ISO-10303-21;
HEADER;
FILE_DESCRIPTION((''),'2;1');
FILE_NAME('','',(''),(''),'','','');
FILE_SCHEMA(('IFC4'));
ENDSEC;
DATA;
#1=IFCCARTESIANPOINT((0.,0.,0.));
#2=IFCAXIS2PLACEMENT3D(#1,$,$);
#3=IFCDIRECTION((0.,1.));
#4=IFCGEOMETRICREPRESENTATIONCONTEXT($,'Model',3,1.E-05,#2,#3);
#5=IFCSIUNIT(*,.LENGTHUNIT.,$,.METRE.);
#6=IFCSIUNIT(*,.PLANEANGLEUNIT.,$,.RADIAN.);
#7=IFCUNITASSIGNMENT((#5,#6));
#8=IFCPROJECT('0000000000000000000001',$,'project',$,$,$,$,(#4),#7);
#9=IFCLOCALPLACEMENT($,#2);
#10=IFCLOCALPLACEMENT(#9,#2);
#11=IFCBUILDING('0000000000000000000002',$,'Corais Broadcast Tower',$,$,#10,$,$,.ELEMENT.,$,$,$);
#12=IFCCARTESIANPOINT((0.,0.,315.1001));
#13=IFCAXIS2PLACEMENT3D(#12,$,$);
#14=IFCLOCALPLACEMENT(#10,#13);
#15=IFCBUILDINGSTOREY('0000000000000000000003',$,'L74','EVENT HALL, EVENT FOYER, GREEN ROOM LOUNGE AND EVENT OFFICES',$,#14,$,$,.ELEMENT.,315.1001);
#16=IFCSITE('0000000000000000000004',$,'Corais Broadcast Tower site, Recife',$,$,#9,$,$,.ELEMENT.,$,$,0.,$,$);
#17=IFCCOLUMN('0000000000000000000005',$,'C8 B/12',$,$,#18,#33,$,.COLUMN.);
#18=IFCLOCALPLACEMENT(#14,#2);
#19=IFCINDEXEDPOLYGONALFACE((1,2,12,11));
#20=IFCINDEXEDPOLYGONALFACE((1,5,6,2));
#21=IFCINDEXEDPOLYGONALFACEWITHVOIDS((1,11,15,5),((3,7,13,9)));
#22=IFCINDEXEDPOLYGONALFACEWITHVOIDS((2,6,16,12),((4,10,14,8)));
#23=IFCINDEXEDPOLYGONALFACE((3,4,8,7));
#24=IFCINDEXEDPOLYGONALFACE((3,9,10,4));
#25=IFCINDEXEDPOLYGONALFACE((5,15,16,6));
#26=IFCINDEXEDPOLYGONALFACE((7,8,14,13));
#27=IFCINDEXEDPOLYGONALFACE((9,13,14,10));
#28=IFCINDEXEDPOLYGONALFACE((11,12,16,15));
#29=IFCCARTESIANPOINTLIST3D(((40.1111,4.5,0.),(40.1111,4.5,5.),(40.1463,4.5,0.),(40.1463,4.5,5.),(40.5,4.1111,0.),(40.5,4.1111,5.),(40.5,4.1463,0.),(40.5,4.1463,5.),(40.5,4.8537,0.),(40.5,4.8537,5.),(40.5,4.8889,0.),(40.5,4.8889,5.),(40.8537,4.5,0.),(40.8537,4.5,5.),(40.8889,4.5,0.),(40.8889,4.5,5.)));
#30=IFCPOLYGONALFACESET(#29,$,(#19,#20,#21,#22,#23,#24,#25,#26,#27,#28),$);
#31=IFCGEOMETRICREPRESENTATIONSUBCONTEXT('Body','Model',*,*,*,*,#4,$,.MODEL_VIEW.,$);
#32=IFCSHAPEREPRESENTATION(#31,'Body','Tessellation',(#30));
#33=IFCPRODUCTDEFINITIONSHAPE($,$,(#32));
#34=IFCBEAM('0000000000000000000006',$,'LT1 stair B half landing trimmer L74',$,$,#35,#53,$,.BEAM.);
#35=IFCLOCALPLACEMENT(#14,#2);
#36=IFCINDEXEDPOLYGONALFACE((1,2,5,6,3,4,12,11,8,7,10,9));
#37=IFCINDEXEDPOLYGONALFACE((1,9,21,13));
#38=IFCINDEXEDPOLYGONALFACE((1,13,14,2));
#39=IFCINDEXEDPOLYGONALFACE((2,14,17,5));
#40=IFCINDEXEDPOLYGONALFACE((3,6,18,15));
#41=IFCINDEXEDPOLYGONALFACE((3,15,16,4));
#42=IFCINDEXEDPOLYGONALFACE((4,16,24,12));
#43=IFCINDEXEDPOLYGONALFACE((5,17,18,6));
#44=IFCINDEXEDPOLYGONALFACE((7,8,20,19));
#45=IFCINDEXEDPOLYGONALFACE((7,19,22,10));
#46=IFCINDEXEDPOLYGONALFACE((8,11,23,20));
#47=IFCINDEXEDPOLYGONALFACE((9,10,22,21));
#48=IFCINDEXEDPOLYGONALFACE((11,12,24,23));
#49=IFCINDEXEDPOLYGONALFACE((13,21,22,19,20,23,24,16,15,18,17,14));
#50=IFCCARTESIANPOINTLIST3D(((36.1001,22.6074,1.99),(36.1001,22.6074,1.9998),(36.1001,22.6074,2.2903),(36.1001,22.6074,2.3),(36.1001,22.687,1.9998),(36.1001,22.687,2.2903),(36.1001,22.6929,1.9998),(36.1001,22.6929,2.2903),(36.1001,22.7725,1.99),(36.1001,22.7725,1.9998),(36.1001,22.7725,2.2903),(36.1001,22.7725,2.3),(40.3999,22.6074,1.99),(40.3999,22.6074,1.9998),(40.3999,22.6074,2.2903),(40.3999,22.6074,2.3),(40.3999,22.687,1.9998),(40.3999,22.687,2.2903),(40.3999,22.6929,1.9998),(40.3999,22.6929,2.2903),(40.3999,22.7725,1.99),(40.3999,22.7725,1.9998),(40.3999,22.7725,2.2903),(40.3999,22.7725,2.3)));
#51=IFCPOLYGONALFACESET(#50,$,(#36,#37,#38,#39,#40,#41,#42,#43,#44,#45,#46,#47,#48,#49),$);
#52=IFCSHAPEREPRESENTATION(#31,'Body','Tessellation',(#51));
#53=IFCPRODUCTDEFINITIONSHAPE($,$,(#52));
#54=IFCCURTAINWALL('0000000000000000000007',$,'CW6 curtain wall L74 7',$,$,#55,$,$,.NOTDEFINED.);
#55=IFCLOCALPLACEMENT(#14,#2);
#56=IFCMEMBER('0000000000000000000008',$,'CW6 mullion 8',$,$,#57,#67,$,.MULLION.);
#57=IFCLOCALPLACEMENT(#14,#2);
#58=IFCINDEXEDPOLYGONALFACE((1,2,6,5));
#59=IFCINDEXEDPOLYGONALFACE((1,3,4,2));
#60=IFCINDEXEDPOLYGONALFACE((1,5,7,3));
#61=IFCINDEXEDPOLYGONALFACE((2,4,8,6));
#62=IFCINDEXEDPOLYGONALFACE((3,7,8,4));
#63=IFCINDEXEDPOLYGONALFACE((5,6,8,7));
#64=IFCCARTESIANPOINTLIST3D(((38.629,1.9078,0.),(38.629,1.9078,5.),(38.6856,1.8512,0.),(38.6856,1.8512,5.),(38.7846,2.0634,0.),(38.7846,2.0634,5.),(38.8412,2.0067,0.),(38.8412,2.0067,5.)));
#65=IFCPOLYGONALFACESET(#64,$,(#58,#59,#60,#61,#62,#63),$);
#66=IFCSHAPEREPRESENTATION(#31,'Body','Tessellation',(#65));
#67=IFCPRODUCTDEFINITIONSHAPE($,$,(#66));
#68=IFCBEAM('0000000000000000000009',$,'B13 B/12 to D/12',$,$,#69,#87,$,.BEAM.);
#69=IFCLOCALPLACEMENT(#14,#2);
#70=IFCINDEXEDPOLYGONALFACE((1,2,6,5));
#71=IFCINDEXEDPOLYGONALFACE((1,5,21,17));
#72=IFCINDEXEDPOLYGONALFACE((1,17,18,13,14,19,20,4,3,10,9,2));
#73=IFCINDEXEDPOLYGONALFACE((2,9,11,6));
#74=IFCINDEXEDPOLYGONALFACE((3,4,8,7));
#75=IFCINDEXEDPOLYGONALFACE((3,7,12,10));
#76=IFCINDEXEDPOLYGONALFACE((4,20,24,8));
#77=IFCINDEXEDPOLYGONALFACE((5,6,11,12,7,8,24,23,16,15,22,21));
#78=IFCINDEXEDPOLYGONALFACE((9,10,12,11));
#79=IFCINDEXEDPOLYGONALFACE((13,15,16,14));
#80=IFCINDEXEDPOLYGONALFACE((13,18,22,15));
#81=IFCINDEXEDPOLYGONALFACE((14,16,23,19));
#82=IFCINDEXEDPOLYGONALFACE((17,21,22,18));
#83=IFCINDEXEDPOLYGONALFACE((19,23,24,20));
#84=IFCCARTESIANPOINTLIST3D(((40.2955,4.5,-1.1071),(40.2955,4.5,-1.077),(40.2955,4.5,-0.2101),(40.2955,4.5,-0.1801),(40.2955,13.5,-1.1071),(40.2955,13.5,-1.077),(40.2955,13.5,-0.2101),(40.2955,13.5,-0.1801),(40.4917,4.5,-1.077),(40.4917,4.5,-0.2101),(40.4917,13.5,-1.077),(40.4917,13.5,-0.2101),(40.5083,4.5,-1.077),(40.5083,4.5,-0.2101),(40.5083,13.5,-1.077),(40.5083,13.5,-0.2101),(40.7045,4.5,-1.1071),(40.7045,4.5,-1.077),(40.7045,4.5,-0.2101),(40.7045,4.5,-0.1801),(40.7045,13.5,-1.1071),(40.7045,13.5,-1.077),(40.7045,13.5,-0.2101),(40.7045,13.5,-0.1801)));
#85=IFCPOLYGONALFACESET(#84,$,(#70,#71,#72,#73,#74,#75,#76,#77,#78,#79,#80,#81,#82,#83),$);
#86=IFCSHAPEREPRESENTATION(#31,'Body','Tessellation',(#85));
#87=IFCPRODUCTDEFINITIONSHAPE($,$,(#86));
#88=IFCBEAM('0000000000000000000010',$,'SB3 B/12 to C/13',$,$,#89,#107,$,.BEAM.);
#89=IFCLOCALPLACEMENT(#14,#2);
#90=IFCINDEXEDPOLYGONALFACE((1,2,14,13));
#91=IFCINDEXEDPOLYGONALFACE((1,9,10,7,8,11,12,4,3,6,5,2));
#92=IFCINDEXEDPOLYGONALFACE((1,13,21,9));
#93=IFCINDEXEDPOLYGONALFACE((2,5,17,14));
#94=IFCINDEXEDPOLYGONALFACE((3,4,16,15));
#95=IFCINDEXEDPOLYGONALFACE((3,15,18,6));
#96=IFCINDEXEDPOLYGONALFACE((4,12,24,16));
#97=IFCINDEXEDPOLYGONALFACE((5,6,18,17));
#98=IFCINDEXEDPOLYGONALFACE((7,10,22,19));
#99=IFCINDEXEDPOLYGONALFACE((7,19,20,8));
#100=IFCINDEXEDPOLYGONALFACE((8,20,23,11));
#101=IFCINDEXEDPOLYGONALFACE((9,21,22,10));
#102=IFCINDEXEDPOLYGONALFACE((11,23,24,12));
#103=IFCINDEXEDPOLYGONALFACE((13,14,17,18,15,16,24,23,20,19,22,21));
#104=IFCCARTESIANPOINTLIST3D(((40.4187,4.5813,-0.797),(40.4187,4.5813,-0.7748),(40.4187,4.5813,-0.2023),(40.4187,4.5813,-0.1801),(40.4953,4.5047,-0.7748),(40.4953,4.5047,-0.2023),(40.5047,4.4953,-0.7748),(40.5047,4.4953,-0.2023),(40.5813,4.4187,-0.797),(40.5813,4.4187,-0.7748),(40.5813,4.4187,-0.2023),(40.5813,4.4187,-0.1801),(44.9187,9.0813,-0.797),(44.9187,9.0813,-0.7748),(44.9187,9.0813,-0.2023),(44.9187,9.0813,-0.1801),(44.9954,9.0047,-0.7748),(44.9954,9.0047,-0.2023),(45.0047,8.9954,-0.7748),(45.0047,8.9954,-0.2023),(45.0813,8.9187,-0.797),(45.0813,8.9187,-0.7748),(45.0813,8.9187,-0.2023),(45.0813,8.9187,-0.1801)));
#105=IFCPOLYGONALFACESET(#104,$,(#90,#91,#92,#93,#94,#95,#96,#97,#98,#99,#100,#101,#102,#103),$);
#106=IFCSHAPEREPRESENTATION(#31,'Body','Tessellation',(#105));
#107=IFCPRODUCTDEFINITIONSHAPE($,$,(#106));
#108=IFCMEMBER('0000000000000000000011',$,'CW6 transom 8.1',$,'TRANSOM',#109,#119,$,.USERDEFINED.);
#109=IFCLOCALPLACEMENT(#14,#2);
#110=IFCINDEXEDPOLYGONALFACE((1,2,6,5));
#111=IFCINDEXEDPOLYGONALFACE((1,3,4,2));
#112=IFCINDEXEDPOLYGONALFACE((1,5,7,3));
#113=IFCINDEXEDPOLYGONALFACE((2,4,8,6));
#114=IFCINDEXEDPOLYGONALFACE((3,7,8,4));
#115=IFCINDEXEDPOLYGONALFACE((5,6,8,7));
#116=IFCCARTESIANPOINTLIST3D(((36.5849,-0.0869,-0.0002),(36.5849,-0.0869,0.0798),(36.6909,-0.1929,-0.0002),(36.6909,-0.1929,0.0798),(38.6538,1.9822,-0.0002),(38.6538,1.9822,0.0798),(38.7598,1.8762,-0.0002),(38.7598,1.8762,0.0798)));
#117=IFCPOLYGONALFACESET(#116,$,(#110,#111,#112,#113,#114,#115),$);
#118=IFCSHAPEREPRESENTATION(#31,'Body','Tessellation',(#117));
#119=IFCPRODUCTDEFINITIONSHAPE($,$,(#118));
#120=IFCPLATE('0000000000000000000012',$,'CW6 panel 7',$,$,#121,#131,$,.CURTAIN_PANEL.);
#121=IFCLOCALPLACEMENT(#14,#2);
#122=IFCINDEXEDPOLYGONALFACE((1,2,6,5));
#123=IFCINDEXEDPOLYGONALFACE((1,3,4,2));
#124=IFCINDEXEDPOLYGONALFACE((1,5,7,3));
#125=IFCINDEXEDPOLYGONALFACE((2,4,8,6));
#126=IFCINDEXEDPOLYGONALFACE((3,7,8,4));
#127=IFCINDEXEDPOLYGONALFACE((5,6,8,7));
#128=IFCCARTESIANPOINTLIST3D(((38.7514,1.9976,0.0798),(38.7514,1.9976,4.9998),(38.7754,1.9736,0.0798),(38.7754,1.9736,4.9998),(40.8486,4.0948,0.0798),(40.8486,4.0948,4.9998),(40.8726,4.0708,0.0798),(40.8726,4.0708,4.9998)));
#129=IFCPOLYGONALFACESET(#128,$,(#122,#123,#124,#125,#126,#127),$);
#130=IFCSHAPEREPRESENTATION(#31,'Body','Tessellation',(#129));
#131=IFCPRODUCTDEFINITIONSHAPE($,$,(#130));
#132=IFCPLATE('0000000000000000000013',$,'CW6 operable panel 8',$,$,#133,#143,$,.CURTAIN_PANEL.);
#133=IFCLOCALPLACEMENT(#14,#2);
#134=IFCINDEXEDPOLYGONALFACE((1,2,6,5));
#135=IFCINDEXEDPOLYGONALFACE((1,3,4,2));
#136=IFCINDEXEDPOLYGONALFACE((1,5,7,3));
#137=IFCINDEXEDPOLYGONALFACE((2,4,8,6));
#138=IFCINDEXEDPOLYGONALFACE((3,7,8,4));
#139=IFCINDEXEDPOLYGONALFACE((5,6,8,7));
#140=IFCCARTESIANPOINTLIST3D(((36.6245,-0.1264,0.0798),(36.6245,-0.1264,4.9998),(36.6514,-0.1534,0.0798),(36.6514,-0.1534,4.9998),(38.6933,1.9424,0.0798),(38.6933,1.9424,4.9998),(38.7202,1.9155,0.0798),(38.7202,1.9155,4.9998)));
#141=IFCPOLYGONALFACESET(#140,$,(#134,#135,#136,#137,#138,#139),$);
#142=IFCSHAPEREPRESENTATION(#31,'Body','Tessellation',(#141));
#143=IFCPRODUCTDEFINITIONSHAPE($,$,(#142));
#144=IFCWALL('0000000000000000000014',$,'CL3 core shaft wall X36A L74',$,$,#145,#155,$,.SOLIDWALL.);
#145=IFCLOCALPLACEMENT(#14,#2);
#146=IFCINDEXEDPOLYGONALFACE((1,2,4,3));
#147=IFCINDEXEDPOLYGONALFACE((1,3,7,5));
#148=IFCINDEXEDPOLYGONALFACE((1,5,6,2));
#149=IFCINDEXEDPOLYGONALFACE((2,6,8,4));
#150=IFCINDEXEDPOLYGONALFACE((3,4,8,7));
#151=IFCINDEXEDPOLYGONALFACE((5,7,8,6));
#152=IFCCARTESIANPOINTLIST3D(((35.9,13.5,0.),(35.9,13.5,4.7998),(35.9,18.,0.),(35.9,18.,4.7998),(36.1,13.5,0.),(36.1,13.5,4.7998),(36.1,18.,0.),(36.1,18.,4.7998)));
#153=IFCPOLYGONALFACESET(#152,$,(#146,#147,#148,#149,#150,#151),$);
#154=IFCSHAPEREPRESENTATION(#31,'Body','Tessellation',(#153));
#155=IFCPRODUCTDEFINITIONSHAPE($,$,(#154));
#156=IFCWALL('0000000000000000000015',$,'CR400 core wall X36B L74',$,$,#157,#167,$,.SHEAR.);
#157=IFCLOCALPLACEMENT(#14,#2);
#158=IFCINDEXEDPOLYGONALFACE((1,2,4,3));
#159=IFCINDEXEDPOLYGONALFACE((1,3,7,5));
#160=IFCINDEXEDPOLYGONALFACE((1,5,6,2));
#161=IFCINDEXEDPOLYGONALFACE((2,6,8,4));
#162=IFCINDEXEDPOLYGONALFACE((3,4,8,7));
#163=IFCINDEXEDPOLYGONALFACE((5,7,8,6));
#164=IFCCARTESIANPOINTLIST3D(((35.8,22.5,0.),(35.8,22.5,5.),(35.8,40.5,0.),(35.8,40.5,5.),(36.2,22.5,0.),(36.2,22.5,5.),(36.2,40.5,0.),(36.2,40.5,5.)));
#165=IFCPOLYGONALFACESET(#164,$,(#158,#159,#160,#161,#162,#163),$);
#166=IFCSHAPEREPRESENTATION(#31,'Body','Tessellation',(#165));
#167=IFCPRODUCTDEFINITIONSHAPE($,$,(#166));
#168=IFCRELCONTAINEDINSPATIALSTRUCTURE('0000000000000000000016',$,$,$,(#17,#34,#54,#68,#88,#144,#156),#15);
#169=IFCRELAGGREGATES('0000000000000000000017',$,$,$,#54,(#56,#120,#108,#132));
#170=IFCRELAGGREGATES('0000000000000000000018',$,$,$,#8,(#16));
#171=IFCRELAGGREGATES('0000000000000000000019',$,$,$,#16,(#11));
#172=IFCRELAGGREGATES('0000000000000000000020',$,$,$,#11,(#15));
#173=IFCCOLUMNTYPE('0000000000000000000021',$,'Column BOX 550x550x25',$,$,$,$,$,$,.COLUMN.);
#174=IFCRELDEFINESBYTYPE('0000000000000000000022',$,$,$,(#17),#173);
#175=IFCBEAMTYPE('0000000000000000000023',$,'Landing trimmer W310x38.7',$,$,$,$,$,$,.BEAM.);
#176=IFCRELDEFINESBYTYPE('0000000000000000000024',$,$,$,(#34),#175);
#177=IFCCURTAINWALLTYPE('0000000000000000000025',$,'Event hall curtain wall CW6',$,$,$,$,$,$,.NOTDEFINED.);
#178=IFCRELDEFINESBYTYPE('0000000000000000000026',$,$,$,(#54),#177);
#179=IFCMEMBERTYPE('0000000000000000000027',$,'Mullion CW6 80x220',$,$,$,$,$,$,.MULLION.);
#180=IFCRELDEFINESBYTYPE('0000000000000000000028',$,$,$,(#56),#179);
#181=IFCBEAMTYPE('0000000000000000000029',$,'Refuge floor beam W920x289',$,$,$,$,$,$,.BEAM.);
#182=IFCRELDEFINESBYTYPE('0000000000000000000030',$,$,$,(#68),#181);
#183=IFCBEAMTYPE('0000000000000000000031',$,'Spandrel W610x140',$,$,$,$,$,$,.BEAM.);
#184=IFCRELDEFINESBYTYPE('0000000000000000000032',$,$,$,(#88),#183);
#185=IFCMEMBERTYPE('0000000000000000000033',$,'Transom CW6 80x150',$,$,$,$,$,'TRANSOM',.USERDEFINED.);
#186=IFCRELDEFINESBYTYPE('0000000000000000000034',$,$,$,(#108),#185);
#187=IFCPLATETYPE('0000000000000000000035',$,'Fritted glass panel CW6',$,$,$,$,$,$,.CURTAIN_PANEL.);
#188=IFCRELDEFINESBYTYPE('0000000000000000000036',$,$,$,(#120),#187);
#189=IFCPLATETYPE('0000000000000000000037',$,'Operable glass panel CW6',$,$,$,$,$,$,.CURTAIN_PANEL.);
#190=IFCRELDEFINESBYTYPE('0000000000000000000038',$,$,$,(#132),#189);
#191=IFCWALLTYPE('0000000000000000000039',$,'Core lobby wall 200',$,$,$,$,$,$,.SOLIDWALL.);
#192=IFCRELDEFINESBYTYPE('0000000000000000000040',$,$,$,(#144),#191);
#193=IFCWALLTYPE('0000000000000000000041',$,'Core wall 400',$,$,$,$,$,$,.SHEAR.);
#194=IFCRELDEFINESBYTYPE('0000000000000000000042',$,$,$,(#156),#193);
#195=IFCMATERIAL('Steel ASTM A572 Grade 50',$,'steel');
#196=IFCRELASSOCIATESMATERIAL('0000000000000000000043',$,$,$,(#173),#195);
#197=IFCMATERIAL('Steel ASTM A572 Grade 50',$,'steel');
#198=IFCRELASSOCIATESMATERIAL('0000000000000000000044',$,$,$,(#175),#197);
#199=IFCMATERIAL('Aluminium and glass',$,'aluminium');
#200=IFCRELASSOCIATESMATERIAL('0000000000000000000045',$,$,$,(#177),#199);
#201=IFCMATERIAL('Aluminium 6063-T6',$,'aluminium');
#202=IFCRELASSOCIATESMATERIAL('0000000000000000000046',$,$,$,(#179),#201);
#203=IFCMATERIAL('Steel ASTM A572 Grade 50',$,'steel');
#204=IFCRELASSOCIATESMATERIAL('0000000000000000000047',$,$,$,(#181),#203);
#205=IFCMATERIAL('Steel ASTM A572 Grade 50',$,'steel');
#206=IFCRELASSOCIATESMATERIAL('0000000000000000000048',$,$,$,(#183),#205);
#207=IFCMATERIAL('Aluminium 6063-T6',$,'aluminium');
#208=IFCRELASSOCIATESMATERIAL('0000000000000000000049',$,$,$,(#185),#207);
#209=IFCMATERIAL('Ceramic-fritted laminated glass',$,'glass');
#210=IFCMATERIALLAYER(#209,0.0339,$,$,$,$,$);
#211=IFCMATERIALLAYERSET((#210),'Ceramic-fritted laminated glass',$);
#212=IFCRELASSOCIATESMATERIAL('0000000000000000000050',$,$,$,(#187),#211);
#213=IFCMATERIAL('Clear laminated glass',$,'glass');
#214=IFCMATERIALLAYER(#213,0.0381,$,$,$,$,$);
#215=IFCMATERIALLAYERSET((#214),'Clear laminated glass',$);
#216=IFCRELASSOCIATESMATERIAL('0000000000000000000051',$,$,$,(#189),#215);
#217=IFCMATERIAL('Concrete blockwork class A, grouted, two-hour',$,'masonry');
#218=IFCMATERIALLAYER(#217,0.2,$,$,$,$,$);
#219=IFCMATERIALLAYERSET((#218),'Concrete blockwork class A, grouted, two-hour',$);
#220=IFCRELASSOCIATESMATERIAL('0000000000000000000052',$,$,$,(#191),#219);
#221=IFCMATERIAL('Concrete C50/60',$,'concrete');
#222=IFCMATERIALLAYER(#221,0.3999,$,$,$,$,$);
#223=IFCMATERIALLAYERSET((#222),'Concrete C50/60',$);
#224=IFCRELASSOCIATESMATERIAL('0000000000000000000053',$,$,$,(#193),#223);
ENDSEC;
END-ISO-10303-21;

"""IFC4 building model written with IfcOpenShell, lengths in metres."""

from ifc_helpers import new_model, si_unit, direction, frame, frame_2d, origin, origin_2d, place, context, subcontext, project, spatial, rectangle, hollow_rectangle, i_section, extrude, material, layer, layer_set, material_profile, profile_set, type_object, element, aggregate, save


model = new_model("IFC4")

# Units and contexts
model_context = context("Model", 3, precision=1e-05, world=origin(), true_north=direction((0.0, 1.0)))
body_context = subcontext(model_context, "Body", "Model", "MODEL_VIEW")
ifc_project = project(units=[si_unit("LENGTHUNIT", "METRE"), si_unit("PLANEANGLEUNIT", "RADIAN")], contexts=[model_context])

# Site, building, storey
site_placement = place(None, origin())
site = spatial("IfcSite", under=ifc_project, at=site_placement, Name="Corais Broadcast Tower site, Recife", CompositionType="ELEMENT", RefElevation=0.0)
building_placement = place(site_placement, origin())
building = spatial("IfcBuilding", under=site, at=building_placement, Name="Corais Broadcast Tower", CompositionType="ELEMENT")
storey_placement = place(building_placement, frame((0.0, 0.0, 315.1001)))
storey = spatial("IfcBuildingStorey", under=building, at=storey_placement, Name="L74", Description="EVENT HALL, EVENT FOYER, GREEN ROOM LOUNGE AND EVENT OFFICES", CompositionType="ELEMENT", Elevation=315.1001)

# Column
ifc_material_1 = material(Name="Steel ASTM A572 Grade 50", Category="steel")
ifc_material_profile_1 = material_profile(ifc_material_1, hollow_rectangle(XDim=0.55, YDim=0.55, WallThickness=0.0249, at=origin_2d()), Name="BOX 550x550x25")
ifc_profile_set_1 = profile_set([ifc_material_profile_1], Name="Steel ASTM A572 Grade 50")
column_type = type_object("IfcColumnType", Name="Column BOX 550x550x25", PredefinedType="COLUMN", material=ifc_profile_set_1)
column_placement = place(storey_placement, frame((40.5, 4.5, 0.0), z_axis=(0.0, 0.0, 1.0), x_axis=(0.707107, 0.707107, 0.0)))
element("IfcColumn", 1, at=column_placement, inside=storey, type_object=column_type, Name="C8 B/12", PredefinedType="COLUMN", context=body_context, shape_type="SweptSolid", body=[
    extrude(hollow_rectangle(XDim=0.55, YDim=0.55, WallThickness=0.0249, at=origin_2d()), origin(), (0.0, 0.0, 1.0), 5.0),
])

# Beam
ifc_material_2 = material(Name="Steel ASTM A572 Grade 50", Category="steel")
ifc_material_profile_2 = material_profile(ifc_material_2, i_section(OverallWidth=0.165, OverallDepth=0.3101, WebThickness=0.0059, FlangeThickness=0.0098, at=origin_2d()), Name="W310x38.7")
ifc_profile_set_2 = profile_set([ifc_material_profile_2], Name="Steel ASTM A572 Grade 50")
beam_type_1 = type_object("IfcBeamType", Name="Landing trimmer W310x38.7", PredefinedType="BEAM", material=ifc_profile_set_2)
beam_1_placement = place(storey_placement, frame((36.1001, 22.6899, 2.145), z_axis=(1.0, 0.0, 0.0), x_axis=(0.0, 1.0, 0.0)))
element("IfcBeam", 2, at=beam_1_placement, inside=storey, type_object=beam_type_1, Name="LT1 stair B half landing trimmer L74", PredefinedType="BEAM", context=body_context, shape_type="SweptSolid", body=[
    extrude(i_section(OverallWidth=0.165, OverallDepth=0.3101, WebThickness=0.0059, FlangeThickness=0.0098, at=origin_2d()), origin(), (0.0, 0.0, 1.0), 4.2998),
])

# Curtain wall, member
ifc_material_3 = material(Name="Aluminium and glass", Category="aluminium")
curtain_wall_type = type_object("IfcCurtainWallType", Name="Event hall curtain wall CW6", PredefinedType="NOTDEFINED", material=ifc_material_3)
curtain_wall_placement = place(storey_placement, origin())
curtain_wall = element("IfcCurtainWall", 3, at=curtain_wall_placement, inside=storey, type_object=curtain_wall_type, Name="CW6 curtain wall L74 7", PredefinedType="NOTDEFINED")
ifc_material_4 = material(Name="Aluminium 6063-T6", Category="aluminium")
ifc_material_profile_3 = material_profile(ifc_material_4, rectangle(XDim=0.0801, YDim=0.22, at=origin_2d()), Name="Mullion CW6 80x220")
ifc_profile_set_3 = profile_set([ifc_material_profile_3], Name="Aluminium 6063-T6")
member_type_1 = type_object("IfcMemberType", Name="Mullion CW6 80x220", PredefinedType="MULLION", material=ifc_profile_set_3)
member_1_placement = place(storey_placement, frame((38.7351, 1.9573, 0.0), z_axis=(0.0, 0.0, 1.0), x_axis=(0.707107, -0.707107, 0.0)))
member_1 = element("IfcMember", 4, at=member_1_placement, type_object=member_type_1, Name="CW6 mullion 8", PredefinedType="MULLION", context=body_context, shape_type="SweptSolid", body=[
    extrude(rectangle(XDim=0.0801, YDim=0.22, at=origin_2d()), origin(), (0.0, 0.0, 1.0), 5.0),
])

# Beams
ifc_material_5 = material(Name="Steel ASTM A572 Grade 50", Category="steel")
ifc_material_profile_4 = material_profile(ifc_material_5, i_section(OverallWidth=0.4089, OverallDepth=0.927, WebThickness=0.0166, FlangeThickness=0.03, at=origin_2d()), Name="W920x289")
ifc_profile_set_4 = profile_set([ifc_material_profile_4], Name="Steel ASTM A572 Grade 50")
beam_type_2 = type_object("IfcBeamType", Name="Refuge floor beam W920x289", PredefinedType="BEAM", material=ifc_profile_set_4)
beam_2_placement = place(storey_placement, frame((40.5, 4.5, -0.6436), z_axis=(0.0, 1.0, 0.0), x_axis=(-1.0, 0.0, 0.0)))
element("IfcBeam", 5, at=beam_2_placement, inside=storey, type_object=beam_type_2, Name="B13 B/12 to D/12", PredefinedType="BEAM", context=body_context, shape_type="SweptSolid", body=[
    extrude(i_section(OverallWidth=0.4089, OverallDepth=0.927, WebThickness=0.0166, FlangeThickness=0.03, at=origin_2d()), origin(), (0.0, 0.0, 1.0), 9.0),
])
ifc_material_6 = material(Name="Steel ASTM A572 Grade 50", Category="steel")
ifc_material_profile_5 = material_profile(ifc_material_6, i_section(OverallWidth=0.23, OverallDepth=0.6169, WebThickness=0.0132, FlangeThickness=0.0222, at=origin_2d()), Name="W610x140")
ifc_profile_set_5 = profile_set([ifc_material_profile_5], Name="Steel ASTM A572 Grade 50")
beam_type_3 = type_object("IfcBeamType", Name="Spandrel W610x140", PredefinedType="BEAM", material=ifc_profile_set_5)
beam_3_placement = place(storey_placement, frame((40.5, 4.5, -0.4885), z_axis=(0.707107, 0.707107, 0.0), x_axis=(-0.707107, 0.707107, 0.0)))
element("IfcBeam", 6, at=beam_3_placement, inside=storey, type_object=beam_type_3, Name="SB3 B/12 to C/13", PredefinedType="BEAM", context=body_context, shape_type="SweptSolid", body=[
    extrude(i_section(OverallWidth=0.23, OverallDepth=0.6169, WebThickness=0.0132, FlangeThickness=0.0222, at=origin_2d()), origin(), (0.0, 0.0, 1.0), 6.364),
])

# Member
ifc_material_7 = material(Name="Aluminium 6063-T6", Category="aluminium")
ifc_material_profile_6 = material_profile(ifc_material_7, rectangle(XDim=0.1499, YDim=0.0801, at=origin_2d()), Name="Transom CW6 80x150")
ifc_profile_set_6 = profile_set([ifc_material_profile_6], Name="Aluminium 6063-T6")
member_type_2 = type_object("IfcMemberType", Name="Transom CW6 80x150", ElementType="TRANSOM", PredefinedType="USERDEFINED", material=ifc_profile_set_6)
member_2_placement = place(storey_placement, frame((38.7068, 1.9292, 0.0398), z_axis=(-0.707065, -0.707148, 0.0), x_axis=(0.707148, -0.707065, 0.0)))
member_2 = element("IfcMember", 7, at=member_2_placement, type_object=member_type_2, Name="CW6 transom 8.1", ObjectType="TRANSOM", PredefinedType="USERDEFINED", context=body_context, shape_type="SweptSolid", body=[
    extrude(rectangle(XDim=0.1499, YDim=0.0801, at=origin_2d()), origin(), (0.0, 0.0, 1.0), 2.926),
])

# Plates
ifc_material_8 = material(Name="Ceramic-fritted laminated glass", Category="glass")
ifc_layer_1 = layer(ifc_material_8, 0.0339)
ifc_layer_set_1 = layer_set([ifc_layer_1], Name="Ceramic-fritted laminated glass")
plate_type_1 = type_object("IfcPlateType", Name="Fritted glass panel CW6", PredefinedType="CURTAIN_PANEL", material=ifc_layer_set_1)
plate_1_placement = place(storey_placement, frame((39.812, 3.0342, 0.0798), z_axis=(0.0, 0.0, 1.0), x_axis=(-0.707107, -0.707107, 0.0)))
plate_1 = element("IfcPlate", 8, at=plate_1_placement, type_object=plate_type_1, Name="CW6 panel 7", PredefinedType="CURTAIN_PANEL", context=body_context, shape_type="SweptSolid", body=[
    extrude(rectangle(XDim=2.9658, YDim=0.0339, at=origin_2d()), origin(), (0.0, 0.0, 1.0), 4.9199),
])
ifc_material_9 = material(Name="Clear laminated glass", Category="glass")
ifc_layer_2 = layer(ifc_material_9, 0.0381)
ifc_layer_set_2 = layer_set([ifc_layer_2], Name="Clear laminated glass")
plate_type_2 = type_object("IfcPlateType", Name="Operable glass panel CW6", PredefinedType="CURTAIN_PANEL", material=ifc_layer_set_2)
plate_2_placement = place(storey_placement, frame((37.6724, 0.8945, 0.0798), z_axis=(0.0, 0.0, 1.0), x_axis=(-0.707107, -0.707107, 0.0)))
plate_2 = element("IfcPlate", 9, at=plate_2_placement, type_object=plate_type_2, Name="CW6 operable panel 8", PredefinedType="CURTAIN_PANEL", context=body_context, shape_type="SweptSolid", body=[
    extrude(rectangle(XDim=2.9258, YDim=0.0381, at=origin_2d()), origin(), (0.0, 0.0, 1.0), 4.9199),
])
aggregate(curtain_wall, [member_1, plate_1, member_2, plate_2])

# Walls
ifc_material_10 = material(Name="Concrete blockwork class A, grouted, two-hour", Category="masonry")
ifc_layer_3 = layer(ifc_material_10, 0.2)
ifc_layer_set_3 = layer_set([ifc_layer_3], Name="Concrete blockwork class A, grouted, two-hour")
wall_type_1 = type_object("IfcWallType", Name="Core lobby wall 200", PredefinedType="SOLIDWALL", material=ifc_layer_set_3)
wall_1_placement = place(storey_placement, frame((36.0, 13.5, 0.0), z_axis=(0.0, 0.0, 1.0), x_axis=(0.0, 1.0, 0.0)))
element("IfcWall", 10, at=wall_1_placement, inside=storey, type_object=wall_type_1, Name="CL3 core shaft wall X36A L74", PredefinedType="SOLIDWALL", context=body_context, shape_type="SweptSolid", body=[
    extrude(rectangle(XDim=4.5, YDim=0.2, at=frame_2d((2.25, 0.0))), origin(), (0.0, 0.0, 1.0), 4.7998),
])
ifc_material_11 = material(Name="Concrete C50/60", Category="concrete")
ifc_layer_4 = layer(ifc_material_11, 0.3999)
ifc_layer_set_4 = layer_set([ifc_layer_4], Name="Concrete C50/60")
wall_type_2 = type_object("IfcWallType", Name="Core wall 400", PredefinedType="SHEAR", material=ifc_layer_set_4)
wall_2_placement = place(storey_placement, frame((36.0, 22.5, 0.0), z_axis=(0.0, 0.0, 1.0), x_axis=(0.0, 1.0, 0.0)))
element("IfcWall", 11, at=wall_2_placement, inside=storey, type_object=wall_type_2, Name="CR400 core wall X36B L74", PredefinedType="SHEAR", context=body_context, shape_type="SweptSolid", body=[
    extrude(rectangle(XDim=18.0, YDim=0.3999, at=frame_2d((9.0, 0.0))), origin(), (0.0, 0.0, 1.0), 5.0),
])

save(model, "model.ifc")
